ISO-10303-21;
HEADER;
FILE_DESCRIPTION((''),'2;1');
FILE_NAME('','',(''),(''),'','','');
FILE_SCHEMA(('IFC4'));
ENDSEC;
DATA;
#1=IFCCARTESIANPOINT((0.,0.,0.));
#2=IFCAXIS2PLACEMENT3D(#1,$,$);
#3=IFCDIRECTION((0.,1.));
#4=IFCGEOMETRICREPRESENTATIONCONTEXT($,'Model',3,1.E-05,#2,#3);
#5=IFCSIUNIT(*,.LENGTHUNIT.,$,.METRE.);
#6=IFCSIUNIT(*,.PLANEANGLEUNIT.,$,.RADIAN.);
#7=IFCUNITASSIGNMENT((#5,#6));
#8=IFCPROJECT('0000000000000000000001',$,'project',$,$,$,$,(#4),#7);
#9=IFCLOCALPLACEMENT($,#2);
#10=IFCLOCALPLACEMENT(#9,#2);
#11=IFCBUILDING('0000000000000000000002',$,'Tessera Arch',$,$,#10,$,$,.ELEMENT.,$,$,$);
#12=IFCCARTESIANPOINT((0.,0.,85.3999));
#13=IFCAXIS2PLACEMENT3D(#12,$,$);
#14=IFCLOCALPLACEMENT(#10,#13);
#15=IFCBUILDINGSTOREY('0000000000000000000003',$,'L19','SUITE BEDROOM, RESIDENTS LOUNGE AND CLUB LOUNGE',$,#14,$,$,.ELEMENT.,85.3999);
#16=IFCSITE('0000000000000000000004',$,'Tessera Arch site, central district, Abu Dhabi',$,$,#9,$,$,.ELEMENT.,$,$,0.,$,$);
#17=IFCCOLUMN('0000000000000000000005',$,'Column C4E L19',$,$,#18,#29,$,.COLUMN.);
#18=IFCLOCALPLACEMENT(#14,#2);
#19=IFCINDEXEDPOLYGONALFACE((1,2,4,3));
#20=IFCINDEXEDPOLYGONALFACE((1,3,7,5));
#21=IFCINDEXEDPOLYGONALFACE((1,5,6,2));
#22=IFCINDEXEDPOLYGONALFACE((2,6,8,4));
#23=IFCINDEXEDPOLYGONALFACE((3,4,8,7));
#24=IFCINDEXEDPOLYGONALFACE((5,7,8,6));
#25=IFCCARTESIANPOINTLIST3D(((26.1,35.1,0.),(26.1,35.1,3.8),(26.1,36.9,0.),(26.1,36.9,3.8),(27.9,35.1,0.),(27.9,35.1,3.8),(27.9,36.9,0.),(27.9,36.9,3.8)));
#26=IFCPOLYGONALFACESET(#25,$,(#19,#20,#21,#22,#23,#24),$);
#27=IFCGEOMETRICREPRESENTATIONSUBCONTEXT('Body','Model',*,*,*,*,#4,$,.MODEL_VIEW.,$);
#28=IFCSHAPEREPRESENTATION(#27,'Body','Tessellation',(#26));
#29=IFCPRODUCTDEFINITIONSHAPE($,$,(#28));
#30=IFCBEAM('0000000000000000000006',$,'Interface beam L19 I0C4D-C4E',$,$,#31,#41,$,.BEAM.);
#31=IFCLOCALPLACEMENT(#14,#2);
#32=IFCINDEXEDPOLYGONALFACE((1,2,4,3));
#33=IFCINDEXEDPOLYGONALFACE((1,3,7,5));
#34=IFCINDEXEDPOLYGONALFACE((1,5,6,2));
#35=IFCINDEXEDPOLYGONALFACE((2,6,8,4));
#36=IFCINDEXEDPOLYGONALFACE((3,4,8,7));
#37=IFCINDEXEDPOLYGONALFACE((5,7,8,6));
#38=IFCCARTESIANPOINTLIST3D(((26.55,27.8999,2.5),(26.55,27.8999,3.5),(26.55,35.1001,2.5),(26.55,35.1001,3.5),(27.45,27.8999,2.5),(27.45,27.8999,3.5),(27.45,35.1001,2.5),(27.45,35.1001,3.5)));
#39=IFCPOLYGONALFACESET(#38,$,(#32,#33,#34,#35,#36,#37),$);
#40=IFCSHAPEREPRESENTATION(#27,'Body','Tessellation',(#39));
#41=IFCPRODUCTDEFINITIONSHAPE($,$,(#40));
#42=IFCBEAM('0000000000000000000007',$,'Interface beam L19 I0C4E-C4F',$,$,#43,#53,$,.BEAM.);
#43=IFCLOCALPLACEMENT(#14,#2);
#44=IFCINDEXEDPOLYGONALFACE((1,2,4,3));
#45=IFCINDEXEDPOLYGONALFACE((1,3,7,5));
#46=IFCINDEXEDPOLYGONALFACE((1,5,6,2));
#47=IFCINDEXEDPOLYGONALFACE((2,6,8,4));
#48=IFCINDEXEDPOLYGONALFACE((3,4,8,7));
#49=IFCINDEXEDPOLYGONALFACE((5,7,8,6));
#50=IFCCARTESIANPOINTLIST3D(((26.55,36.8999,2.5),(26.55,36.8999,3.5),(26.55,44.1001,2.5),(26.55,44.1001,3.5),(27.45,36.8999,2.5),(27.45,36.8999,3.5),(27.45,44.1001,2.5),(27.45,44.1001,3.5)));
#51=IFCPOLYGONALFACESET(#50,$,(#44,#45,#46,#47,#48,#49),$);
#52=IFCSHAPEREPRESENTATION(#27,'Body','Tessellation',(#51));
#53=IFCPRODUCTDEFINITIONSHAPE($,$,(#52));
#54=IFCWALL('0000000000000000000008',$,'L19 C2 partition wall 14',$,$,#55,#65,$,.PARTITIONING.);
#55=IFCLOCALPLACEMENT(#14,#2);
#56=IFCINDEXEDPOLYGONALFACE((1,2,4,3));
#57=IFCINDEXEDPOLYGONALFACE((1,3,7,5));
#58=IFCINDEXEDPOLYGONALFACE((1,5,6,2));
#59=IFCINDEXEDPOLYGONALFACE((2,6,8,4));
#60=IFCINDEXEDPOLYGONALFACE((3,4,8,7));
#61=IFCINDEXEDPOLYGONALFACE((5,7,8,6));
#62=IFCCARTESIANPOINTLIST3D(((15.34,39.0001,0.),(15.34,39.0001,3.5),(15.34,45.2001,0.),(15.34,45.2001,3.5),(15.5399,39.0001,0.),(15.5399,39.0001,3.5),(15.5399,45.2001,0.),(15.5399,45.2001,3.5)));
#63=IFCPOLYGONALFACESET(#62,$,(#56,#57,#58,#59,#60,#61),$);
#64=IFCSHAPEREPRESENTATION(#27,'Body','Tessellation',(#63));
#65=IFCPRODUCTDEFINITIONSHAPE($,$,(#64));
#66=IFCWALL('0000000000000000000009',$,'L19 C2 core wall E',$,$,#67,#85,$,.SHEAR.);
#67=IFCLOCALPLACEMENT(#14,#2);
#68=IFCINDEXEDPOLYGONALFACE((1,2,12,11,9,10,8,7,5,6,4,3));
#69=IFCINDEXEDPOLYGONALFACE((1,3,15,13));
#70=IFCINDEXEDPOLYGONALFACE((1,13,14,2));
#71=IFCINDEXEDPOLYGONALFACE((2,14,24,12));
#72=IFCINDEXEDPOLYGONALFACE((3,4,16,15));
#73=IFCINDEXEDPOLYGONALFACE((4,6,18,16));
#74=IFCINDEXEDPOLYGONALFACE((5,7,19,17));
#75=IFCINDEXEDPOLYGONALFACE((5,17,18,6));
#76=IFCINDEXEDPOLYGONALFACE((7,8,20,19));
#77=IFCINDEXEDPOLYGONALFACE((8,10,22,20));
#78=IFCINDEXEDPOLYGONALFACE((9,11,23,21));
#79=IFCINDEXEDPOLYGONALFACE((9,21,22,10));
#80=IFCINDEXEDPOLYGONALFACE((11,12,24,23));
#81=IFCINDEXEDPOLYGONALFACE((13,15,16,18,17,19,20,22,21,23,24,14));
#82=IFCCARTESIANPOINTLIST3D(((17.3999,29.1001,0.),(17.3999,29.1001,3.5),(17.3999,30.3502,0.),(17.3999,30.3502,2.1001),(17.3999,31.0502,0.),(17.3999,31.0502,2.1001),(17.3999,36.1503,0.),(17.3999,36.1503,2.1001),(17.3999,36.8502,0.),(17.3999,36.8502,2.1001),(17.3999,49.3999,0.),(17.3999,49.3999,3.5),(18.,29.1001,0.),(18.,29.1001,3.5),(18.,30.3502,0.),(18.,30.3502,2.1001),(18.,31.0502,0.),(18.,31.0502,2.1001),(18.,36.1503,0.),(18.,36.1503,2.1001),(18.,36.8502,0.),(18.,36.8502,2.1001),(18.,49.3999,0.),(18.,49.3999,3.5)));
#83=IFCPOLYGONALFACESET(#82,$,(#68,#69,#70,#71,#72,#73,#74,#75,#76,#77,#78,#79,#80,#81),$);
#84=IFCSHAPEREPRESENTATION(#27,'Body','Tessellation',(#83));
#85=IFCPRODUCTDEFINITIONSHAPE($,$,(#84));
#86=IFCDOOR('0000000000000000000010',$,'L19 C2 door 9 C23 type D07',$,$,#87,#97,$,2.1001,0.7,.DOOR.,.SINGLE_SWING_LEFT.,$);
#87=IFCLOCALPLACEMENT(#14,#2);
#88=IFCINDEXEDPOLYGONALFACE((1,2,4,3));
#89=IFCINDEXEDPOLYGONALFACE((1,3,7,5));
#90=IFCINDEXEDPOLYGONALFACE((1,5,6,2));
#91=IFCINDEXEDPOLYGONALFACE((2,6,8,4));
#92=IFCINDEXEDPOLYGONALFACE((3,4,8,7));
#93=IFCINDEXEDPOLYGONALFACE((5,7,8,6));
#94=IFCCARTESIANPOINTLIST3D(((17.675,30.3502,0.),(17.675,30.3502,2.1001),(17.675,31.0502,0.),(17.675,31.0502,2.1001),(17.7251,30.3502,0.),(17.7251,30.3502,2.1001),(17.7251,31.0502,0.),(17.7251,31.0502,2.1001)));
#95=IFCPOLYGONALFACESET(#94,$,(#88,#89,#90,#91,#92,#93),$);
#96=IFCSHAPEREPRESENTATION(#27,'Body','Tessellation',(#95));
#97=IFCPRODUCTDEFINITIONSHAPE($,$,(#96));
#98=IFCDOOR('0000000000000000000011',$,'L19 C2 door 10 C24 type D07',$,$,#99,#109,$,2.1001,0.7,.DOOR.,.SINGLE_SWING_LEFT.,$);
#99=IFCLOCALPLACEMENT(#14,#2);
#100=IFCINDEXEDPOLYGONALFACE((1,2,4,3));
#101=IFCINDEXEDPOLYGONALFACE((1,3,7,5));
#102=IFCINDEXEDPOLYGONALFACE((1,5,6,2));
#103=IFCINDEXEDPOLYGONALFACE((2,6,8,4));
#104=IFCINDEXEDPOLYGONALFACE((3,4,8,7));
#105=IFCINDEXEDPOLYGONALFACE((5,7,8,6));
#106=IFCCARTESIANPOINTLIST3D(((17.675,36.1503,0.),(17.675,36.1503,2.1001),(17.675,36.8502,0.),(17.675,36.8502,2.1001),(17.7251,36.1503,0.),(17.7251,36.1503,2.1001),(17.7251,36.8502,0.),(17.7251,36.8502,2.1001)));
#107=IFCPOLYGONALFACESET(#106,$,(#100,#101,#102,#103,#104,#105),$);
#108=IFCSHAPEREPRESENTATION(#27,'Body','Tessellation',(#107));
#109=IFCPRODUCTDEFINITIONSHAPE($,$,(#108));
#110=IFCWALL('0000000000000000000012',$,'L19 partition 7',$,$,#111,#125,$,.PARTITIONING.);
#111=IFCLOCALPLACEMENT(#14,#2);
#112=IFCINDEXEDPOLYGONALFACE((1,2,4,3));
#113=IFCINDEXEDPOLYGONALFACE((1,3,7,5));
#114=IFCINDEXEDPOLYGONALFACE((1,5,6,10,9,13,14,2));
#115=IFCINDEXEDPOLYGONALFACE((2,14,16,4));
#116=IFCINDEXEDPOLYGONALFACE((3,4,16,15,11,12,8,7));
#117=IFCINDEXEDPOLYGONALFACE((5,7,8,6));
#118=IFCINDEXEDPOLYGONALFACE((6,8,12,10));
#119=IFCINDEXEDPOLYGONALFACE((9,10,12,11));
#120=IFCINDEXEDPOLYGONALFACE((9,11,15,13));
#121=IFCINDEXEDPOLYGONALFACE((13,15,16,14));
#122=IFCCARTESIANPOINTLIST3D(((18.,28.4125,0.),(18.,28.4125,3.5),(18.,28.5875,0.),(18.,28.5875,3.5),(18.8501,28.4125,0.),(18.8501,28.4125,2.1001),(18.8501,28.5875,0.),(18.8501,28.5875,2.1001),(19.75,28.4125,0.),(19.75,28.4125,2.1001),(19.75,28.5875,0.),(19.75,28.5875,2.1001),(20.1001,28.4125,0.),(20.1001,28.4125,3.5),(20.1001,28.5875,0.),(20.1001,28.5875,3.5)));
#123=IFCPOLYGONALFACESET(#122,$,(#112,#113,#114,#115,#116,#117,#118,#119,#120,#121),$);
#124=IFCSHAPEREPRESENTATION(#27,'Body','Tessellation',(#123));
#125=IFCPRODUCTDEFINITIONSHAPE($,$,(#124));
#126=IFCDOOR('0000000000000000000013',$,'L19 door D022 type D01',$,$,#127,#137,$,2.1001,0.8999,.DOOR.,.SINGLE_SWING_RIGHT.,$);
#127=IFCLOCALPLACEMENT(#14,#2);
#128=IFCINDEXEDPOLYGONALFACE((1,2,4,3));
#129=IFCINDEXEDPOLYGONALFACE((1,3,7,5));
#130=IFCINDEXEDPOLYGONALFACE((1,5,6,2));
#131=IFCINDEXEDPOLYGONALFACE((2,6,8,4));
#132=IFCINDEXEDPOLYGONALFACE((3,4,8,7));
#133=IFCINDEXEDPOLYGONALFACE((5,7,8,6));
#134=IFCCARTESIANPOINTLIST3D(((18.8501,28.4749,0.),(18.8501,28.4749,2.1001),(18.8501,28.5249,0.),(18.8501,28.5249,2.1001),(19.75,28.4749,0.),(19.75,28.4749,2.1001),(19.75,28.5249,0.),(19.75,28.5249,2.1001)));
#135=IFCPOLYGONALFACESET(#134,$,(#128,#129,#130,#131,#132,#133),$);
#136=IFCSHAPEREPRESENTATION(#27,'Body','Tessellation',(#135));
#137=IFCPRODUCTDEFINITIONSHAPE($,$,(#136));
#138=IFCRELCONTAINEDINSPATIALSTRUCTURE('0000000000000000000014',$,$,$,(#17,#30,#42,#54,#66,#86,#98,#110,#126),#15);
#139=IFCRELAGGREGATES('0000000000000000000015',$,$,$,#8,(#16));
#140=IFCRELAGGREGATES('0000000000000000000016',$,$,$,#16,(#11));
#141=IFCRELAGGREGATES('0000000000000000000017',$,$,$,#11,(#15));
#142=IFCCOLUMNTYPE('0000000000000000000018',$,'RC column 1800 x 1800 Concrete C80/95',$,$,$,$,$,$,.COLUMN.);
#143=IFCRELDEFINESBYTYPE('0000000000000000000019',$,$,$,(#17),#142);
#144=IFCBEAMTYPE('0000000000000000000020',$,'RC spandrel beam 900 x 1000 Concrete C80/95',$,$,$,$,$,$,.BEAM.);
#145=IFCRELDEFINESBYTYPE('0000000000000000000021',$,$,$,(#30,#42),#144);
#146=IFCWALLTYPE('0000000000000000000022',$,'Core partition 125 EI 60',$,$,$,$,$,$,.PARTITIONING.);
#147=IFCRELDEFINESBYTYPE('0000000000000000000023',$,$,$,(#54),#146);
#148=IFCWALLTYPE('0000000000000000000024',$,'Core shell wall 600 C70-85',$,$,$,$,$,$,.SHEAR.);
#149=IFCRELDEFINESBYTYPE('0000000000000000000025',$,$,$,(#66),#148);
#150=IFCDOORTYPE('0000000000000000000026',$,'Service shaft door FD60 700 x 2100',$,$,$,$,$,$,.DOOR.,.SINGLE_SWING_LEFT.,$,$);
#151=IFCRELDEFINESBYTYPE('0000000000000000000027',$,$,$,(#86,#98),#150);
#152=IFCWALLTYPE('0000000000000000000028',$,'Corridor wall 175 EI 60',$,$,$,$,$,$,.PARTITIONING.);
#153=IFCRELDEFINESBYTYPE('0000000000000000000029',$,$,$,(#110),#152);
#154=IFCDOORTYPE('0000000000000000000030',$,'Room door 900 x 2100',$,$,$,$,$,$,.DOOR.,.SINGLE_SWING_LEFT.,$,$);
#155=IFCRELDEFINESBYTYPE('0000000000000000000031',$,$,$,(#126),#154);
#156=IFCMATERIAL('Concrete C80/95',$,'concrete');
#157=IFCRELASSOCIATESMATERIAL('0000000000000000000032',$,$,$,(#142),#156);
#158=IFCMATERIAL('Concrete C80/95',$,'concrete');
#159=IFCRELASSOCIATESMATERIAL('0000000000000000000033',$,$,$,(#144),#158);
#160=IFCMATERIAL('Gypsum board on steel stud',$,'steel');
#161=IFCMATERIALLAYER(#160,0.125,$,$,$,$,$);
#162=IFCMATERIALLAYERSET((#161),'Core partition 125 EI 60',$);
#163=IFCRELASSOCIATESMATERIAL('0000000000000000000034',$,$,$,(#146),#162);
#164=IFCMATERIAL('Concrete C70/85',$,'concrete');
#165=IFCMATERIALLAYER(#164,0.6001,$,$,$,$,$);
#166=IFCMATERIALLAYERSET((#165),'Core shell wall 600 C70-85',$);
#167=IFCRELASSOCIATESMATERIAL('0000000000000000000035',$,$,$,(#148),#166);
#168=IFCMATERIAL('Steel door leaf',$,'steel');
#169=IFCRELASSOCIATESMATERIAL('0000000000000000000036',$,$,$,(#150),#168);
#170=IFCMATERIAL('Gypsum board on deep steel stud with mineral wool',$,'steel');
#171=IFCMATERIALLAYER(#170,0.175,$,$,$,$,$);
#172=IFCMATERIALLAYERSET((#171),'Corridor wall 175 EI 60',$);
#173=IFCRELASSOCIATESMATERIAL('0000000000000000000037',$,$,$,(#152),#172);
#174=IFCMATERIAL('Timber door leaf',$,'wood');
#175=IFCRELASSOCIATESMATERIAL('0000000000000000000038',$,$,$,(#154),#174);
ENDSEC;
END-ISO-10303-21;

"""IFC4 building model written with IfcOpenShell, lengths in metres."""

from ifc_helpers import new_model, si_unit, direction, frame, frame_2d, origin, origin_2d, place, context, subcontext, project, spatial, rectangle, extrude, material, layer, layer_set, material_profile, profile_set, type_object, element, fill, save


model = new_model("IFC4")

# Units and contexts
model_context = context("Model", 3, precision=1e-05, world=origin(), true_north=direction((0.0, 1.0)))
body_context = subcontext(model_context, "Body", "Model", "MODEL_VIEW")
ifc_project = project(units=[si_unit("LENGTHUNIT", "METRE"), si_unit("PLANEANGLEUNIT", "RADIAN")], contexts=[model_context])

# Site, building, storey
site_placement = place(None, origin())
site = spatial("IfcSite", under=ifc_project, at=site_placement, Name="Tessera Arch site, central district, Abu Dhabi", CompositionType="ELEMENT", RefElevation=0.0)
building_placement = place(site_placement, origin())
building = spatial("IfcBuilding", under=site, at=building_placement, Name="Tessera Arch", CompositionType="ELEMENT")
storey_placement = place(building_placement, frame((0.0, 0.0, 85.3999)))
storey = spatial("IfcBuildingStorey", under=building, at=storey_placement, Name="L19", Description="SUITE BEDROOM, RESIDENTS LOUNGE AND CLUB LOUNGE", CompositionType="ELEMENT", Elevation=85.3999)

# Column
ifc_material_1 = material(Name="Concrete C80/95", Category="concrete")
ifc_material_profile_1 = material_profile(ifc_material_1, rectangle(XDim=1.8, YDim=1.8, at=origin_2d()), Name="RC column 1800 x 1800 Concrete C80/95")
ifc_profile_set_1 = profile_set([ifc_material_profile_1], Name="Concrete C80/95")
column_type = type_object("IfcColumnType", Name="RC column 1800 x 1800 Concrete C80/95", PredefinedType="COLUMN", material=ifc_profile_set_1)
column_placement = place(storey_placement, frame((27.0, 36.0, 0.0), z_axis=(0.0, 0.0, 1.0), x_axis=(1.0, 0.0, 0.0)))
element("IfcColumn", 1, at=column_placement, inside=storey, type_object=column_type, Name="Column C4E L19", PredefinedType="COLUMN", context=body_context, shape_type="SweptSolid", body=[
    extrude(rectangle(XDim=1.8, YDim=1.8, at=origin_2d()), origin(), (0.0, 0.0, 1.0), 3.8),
])

# Beams
ifc_material_2 = material(Name="Concrete C80/95", Category="concrete")
ifc_material_profile_2 = material_profile(ifc_material_2, rectangle(XDim=0.8999, YDim=1.0, at=origin_2d()), Name="RC spandrel beam 900 x 1000 Concrete C80/95")
ifc_profile_set_2 = profile_set([ifc_material_profile_2], Name="Concrete C80/95")
beam_type = type_object("IfcBeamType", Name="RC spandrel beam 900 x 1000 Concrete C80/95", PredefinedType="BEAM", material=ifc_profile_set_2)
for number, where, z_axis, x_axis, name in (
    (2, (27.0, 27.8999, 3.0), (0.0, 1.0, 0.0), (-1.0, 0.0, 0.0), "Interface beam L19 I0C4D-C4E"),
    (3, (27.0, 36.8999, 3.0), (0.0, 1.0, 0.0), (-1.0, 0.0, 0.0), "Interface beam L19 I0C4E-C4F"),
):
    element("IfcBeam", number, at=place(storey_placement, frame(where, z_axis=z_axis, x_axis=x_axis)), inside=storey, type_object=beam_type, Name=name, PredefinedType="BEAM", context=body_context, shape_type="SweptSolid", body=[
        extrude(rectangle(XDim=0.8999, YDim=1.0, at=origin_2d()), origin(), (0.0, 0.0, 1.0), 7.2002),
    ])

# Wall
ifc_material_3 = material(Name="Gypsum board on steel stud", Category="steel")
ifc_layer_1 = layer(ifc_material_3, 0.125)
ifc_layer_set_1 = layer_set([ifc_layer_1], Name="Core partition 125 EI 60")
wall_type_1 = type_object("IfcWallType", Name="Core partition 125 EI 60", PredefinedType="PARTITIONING", material=ifc_layer_set_1)
wall_1_placement = place(storey_placement, frame((15.4399, 39.0, 0.0), z_axis=(0.0, 0.0, 1.0), x_axis=(0.0, 1.0, 0.0)))
element("IfcWall", 4, at=wall_1_placement, inside=storey, type_object=wall_type_1, Name="L19 C2 partition wall 14", PredefinedType="PARTITIONING", context=body_context, shape_type="SweptSolid", body=[
    extrude(rectangle(XDim=6.2, YDim=0.2, at=frame_2d((3.1001, 0.0))), origin(), (0.0, 0.0, 1.0), 3.5),
])

# Wall, openings, doors
ifc_material_4 = material(Name="Concrete C70/85", Category="concrete")
ifc_layer_2 = layer(ifc_material_4, 0.6001)
ifc_layer_set_2 = layer_set([ifc_layer_2], Name="Core shell wall 600 C70-85")
wall_type_2 = type_object("IfcWallType", Name="Core shell wall 600 C70-85", PredefinedType="SHEAR", material=ifc_layer_set_2)
wall_2_placement = place(storey_placement, frame((17.7, 29.1001, 0.0), z_axis=(0.0, 0.0, 1.0), x_axis=(0.0, 1.0, 0.0)))
wall_2 = element("IfcWall", 5, at=wall_2_placement, inside=storey, type_object=wall_type_2, Name="L19 C2 core wall E", PredefinedType="SHEAR", context=body_context, shape_type="SweptSolid", body=[
    extrude(rectangle(XDim=20.2998, YDim=0.6001, at=frame_2d((10.1499, 0.0))), origin(), (0.0, 0.0, 1.0), 3.5),
])
opening_1_placement = place(wall_2_placement, frame((1.25, 0.0, 0.0)))
opening_1 = element("IfcOpeningElement", 6, at=opening_1_placement, cuts=wall_2, PredefinedType="OPENING", context=body_context, shape_type="SweptSolid", body=[
    extrude(rectangle(XDim=0.7, YDim=2.1001, at=frame_2d((0.3501, 1.05))), frame((0.0, 0.3101, 0.0), z_axis=(0.0, -1.0, 0.0), x_axis=(1.0, 0.0, 0.0)), (0.0, 0.0, 1.0), 0.6201),
])
opening_2_placement = place(wall_2_placement, frame((7.05, 0.0, 0.0)))
opening_2 = element("IfcOpeningElement", 7, at=opening_2_placement, cuts=wall_2, PredefinedType="OPENING", context=body_context, shape_type="SweptSolid", body=[
    extrude(rectangle(XDim=0.7, YDim=2.1001, at=frame_2d((0.3501, 1.05))), frame((0.0, 0.3101, 0.0), z_axis=(0.0, -1.0, 0.0), x_axis=(1.0, 0.0, 0.0)), (0.0, 0.0, 1.0), 0.6201),
])
ifc_material_5 = material(Name="Steel door leaf", Category="steel")
door_type_1 = type_object("IfcDoorType", Name="Service shaft door FD60 700 x 2100", OperationType="SINGLE_SWING_LEFT", PredefinedType="DOOR", material=ifc_material_5)
door_1_placement = place(opening_1_placement, origin())
door_1 = element("IfcDoor", 8, at=door_1_placement, inside=storey, type_object=door_type_1, Name="L19 C2 door 9 C23 type D07", OperationType="SINGLE_SWING_LEFT", OverallHeight=2.1001, OverallWidth=0.7, PredefinedType="DOOR", context=body_context, shape_type="SweptSolid", body=[
    extrude(rectangle(XDim=0.7, YDim=2.1001, at=frame_2d((0.3501, 1.05))), frame((0.0, 0.0249, 0.0), z_axis=(0.0, -1.0, 0.0), x_axis=(1.0, 0.0, 0.0)), (0.0, 0.0, 1.0), 0.05),
])
fill(opening_1, door_1)
door_2_placement = place(opening_2_placement, origin())
door_2 = element("IfcDoor", 9, at=door_2_placement, inside=storey, type_object=door_type_1, Name="L19 C2 door 10 C24 type D07", OperationType="SINGLE_SWING_LEFT", OverallHeight=2.1001, OverallWidth=0.7, PredefinedType="DOOR", context=body_context, shape_type="SweptSolid", body=[
    extrude(rectangle(XDim=0.7, YDim=2.1001, at=frame_2d((0.3501, 1.05))), frame((0.0, 0.0249, 0.0), z_axis=(0.0, -1.0, 0.0), x_axis=(1.0, 0.0, 0.0)), (0.0, 0.0, 1.0), 0.05),
])
fill(opening_2, door_2)

# Wall, opening, door
ifc_material_6 = material(Name="Gypsum board on deep steel stud with mineral wool", Category="steel")
ifc_layer_3 = layer(ifc_material_6, 0.175)
ifc_layer_set_3 = layer_set([ifc_layer_3], Name="Corridor wall 175 EI 60")
wall_type_3 = type_object("IfcWallType", Name="Corridor wall 175 EI 60", PredefinedType="PARTITIONING", material=ifc_layer_set_3)
wall_3_placement = place(storey_placement, frame((18.0, 28.5, 0.0), z_axis=(0.0, 0.0, 1.0), x_axis=(1.0, 0.0, 0.0)))
wall_3 = element("IfcWall", 10, at=wall_3_placement, inside=storey, type_object=wall_type_3, Name="L19 partition 7", PredefinedType="PARTITIONING", context=body_context, shape_type="SweptSolid", body=[
    extrude(rectangle(XDim=2.1001, YDim=0.175, at=frame_2d((1.05, 0.0))), origin(), (0.0, 0.0, 1.0), 3.5),
])
opening_3_placement = place(wall_3_placement, frame((0.8501, 0.0, 0.0)))
opening_3 = element("IfcOpeningElement", 11, at=opening_3_placement, cuts=wall_3, PredefinedType="OPENING", context=body_context, shape_type="SweptSolid", body=[
    extrude(rectangle(XDim=0.8999, YDim=2.1001, at=frame_2d((0.45, 1.05))), frame((0.0, 0.0974, 0.0), z_axis=(0.0, -1.0, 0.0), x_axis=(1.0, 0.0, 0.0)), (0.0, 0.0, 1.0), 0.1951),
])
ifc_material_7 = material(Name="Timber door leaf", Category="wood")
door_type_2 = type_object("IfcDoorType", Name="Room door 900 x 2100", OperationType="SINGLE_SWING_LEFT", PredefinedType="DOOR", material=ifc_material_7)
door_3_placement = place(opening_3_placement, origin())
door_3 = element("IfcDoor", 12, at=door_3_placement, inside=storey, type_object=door_type_2, Name="L19 door D022 type D01", OperationType="SINGLE_SWING_RIGHT", OverallHeight=2.1001, OverallWidth=0.8999, PredefinedType="DOOR", context=body_context, shape_type="SweptSolid", body=[
    extrude(rectangle(XDim=0.8999, YDim=2.1001, at=frame_2d((0.45, 1.05))), frame((0.0, 0.0249, 0.0), z_axis=(0.0, -1.0, 0.0), x_axis=(1.0, 0.0, 0.0)), (0.0, 0.0, 1.0), 0.05),
])
fill(opening_3, door_3)

save(model, "model.ifc")
